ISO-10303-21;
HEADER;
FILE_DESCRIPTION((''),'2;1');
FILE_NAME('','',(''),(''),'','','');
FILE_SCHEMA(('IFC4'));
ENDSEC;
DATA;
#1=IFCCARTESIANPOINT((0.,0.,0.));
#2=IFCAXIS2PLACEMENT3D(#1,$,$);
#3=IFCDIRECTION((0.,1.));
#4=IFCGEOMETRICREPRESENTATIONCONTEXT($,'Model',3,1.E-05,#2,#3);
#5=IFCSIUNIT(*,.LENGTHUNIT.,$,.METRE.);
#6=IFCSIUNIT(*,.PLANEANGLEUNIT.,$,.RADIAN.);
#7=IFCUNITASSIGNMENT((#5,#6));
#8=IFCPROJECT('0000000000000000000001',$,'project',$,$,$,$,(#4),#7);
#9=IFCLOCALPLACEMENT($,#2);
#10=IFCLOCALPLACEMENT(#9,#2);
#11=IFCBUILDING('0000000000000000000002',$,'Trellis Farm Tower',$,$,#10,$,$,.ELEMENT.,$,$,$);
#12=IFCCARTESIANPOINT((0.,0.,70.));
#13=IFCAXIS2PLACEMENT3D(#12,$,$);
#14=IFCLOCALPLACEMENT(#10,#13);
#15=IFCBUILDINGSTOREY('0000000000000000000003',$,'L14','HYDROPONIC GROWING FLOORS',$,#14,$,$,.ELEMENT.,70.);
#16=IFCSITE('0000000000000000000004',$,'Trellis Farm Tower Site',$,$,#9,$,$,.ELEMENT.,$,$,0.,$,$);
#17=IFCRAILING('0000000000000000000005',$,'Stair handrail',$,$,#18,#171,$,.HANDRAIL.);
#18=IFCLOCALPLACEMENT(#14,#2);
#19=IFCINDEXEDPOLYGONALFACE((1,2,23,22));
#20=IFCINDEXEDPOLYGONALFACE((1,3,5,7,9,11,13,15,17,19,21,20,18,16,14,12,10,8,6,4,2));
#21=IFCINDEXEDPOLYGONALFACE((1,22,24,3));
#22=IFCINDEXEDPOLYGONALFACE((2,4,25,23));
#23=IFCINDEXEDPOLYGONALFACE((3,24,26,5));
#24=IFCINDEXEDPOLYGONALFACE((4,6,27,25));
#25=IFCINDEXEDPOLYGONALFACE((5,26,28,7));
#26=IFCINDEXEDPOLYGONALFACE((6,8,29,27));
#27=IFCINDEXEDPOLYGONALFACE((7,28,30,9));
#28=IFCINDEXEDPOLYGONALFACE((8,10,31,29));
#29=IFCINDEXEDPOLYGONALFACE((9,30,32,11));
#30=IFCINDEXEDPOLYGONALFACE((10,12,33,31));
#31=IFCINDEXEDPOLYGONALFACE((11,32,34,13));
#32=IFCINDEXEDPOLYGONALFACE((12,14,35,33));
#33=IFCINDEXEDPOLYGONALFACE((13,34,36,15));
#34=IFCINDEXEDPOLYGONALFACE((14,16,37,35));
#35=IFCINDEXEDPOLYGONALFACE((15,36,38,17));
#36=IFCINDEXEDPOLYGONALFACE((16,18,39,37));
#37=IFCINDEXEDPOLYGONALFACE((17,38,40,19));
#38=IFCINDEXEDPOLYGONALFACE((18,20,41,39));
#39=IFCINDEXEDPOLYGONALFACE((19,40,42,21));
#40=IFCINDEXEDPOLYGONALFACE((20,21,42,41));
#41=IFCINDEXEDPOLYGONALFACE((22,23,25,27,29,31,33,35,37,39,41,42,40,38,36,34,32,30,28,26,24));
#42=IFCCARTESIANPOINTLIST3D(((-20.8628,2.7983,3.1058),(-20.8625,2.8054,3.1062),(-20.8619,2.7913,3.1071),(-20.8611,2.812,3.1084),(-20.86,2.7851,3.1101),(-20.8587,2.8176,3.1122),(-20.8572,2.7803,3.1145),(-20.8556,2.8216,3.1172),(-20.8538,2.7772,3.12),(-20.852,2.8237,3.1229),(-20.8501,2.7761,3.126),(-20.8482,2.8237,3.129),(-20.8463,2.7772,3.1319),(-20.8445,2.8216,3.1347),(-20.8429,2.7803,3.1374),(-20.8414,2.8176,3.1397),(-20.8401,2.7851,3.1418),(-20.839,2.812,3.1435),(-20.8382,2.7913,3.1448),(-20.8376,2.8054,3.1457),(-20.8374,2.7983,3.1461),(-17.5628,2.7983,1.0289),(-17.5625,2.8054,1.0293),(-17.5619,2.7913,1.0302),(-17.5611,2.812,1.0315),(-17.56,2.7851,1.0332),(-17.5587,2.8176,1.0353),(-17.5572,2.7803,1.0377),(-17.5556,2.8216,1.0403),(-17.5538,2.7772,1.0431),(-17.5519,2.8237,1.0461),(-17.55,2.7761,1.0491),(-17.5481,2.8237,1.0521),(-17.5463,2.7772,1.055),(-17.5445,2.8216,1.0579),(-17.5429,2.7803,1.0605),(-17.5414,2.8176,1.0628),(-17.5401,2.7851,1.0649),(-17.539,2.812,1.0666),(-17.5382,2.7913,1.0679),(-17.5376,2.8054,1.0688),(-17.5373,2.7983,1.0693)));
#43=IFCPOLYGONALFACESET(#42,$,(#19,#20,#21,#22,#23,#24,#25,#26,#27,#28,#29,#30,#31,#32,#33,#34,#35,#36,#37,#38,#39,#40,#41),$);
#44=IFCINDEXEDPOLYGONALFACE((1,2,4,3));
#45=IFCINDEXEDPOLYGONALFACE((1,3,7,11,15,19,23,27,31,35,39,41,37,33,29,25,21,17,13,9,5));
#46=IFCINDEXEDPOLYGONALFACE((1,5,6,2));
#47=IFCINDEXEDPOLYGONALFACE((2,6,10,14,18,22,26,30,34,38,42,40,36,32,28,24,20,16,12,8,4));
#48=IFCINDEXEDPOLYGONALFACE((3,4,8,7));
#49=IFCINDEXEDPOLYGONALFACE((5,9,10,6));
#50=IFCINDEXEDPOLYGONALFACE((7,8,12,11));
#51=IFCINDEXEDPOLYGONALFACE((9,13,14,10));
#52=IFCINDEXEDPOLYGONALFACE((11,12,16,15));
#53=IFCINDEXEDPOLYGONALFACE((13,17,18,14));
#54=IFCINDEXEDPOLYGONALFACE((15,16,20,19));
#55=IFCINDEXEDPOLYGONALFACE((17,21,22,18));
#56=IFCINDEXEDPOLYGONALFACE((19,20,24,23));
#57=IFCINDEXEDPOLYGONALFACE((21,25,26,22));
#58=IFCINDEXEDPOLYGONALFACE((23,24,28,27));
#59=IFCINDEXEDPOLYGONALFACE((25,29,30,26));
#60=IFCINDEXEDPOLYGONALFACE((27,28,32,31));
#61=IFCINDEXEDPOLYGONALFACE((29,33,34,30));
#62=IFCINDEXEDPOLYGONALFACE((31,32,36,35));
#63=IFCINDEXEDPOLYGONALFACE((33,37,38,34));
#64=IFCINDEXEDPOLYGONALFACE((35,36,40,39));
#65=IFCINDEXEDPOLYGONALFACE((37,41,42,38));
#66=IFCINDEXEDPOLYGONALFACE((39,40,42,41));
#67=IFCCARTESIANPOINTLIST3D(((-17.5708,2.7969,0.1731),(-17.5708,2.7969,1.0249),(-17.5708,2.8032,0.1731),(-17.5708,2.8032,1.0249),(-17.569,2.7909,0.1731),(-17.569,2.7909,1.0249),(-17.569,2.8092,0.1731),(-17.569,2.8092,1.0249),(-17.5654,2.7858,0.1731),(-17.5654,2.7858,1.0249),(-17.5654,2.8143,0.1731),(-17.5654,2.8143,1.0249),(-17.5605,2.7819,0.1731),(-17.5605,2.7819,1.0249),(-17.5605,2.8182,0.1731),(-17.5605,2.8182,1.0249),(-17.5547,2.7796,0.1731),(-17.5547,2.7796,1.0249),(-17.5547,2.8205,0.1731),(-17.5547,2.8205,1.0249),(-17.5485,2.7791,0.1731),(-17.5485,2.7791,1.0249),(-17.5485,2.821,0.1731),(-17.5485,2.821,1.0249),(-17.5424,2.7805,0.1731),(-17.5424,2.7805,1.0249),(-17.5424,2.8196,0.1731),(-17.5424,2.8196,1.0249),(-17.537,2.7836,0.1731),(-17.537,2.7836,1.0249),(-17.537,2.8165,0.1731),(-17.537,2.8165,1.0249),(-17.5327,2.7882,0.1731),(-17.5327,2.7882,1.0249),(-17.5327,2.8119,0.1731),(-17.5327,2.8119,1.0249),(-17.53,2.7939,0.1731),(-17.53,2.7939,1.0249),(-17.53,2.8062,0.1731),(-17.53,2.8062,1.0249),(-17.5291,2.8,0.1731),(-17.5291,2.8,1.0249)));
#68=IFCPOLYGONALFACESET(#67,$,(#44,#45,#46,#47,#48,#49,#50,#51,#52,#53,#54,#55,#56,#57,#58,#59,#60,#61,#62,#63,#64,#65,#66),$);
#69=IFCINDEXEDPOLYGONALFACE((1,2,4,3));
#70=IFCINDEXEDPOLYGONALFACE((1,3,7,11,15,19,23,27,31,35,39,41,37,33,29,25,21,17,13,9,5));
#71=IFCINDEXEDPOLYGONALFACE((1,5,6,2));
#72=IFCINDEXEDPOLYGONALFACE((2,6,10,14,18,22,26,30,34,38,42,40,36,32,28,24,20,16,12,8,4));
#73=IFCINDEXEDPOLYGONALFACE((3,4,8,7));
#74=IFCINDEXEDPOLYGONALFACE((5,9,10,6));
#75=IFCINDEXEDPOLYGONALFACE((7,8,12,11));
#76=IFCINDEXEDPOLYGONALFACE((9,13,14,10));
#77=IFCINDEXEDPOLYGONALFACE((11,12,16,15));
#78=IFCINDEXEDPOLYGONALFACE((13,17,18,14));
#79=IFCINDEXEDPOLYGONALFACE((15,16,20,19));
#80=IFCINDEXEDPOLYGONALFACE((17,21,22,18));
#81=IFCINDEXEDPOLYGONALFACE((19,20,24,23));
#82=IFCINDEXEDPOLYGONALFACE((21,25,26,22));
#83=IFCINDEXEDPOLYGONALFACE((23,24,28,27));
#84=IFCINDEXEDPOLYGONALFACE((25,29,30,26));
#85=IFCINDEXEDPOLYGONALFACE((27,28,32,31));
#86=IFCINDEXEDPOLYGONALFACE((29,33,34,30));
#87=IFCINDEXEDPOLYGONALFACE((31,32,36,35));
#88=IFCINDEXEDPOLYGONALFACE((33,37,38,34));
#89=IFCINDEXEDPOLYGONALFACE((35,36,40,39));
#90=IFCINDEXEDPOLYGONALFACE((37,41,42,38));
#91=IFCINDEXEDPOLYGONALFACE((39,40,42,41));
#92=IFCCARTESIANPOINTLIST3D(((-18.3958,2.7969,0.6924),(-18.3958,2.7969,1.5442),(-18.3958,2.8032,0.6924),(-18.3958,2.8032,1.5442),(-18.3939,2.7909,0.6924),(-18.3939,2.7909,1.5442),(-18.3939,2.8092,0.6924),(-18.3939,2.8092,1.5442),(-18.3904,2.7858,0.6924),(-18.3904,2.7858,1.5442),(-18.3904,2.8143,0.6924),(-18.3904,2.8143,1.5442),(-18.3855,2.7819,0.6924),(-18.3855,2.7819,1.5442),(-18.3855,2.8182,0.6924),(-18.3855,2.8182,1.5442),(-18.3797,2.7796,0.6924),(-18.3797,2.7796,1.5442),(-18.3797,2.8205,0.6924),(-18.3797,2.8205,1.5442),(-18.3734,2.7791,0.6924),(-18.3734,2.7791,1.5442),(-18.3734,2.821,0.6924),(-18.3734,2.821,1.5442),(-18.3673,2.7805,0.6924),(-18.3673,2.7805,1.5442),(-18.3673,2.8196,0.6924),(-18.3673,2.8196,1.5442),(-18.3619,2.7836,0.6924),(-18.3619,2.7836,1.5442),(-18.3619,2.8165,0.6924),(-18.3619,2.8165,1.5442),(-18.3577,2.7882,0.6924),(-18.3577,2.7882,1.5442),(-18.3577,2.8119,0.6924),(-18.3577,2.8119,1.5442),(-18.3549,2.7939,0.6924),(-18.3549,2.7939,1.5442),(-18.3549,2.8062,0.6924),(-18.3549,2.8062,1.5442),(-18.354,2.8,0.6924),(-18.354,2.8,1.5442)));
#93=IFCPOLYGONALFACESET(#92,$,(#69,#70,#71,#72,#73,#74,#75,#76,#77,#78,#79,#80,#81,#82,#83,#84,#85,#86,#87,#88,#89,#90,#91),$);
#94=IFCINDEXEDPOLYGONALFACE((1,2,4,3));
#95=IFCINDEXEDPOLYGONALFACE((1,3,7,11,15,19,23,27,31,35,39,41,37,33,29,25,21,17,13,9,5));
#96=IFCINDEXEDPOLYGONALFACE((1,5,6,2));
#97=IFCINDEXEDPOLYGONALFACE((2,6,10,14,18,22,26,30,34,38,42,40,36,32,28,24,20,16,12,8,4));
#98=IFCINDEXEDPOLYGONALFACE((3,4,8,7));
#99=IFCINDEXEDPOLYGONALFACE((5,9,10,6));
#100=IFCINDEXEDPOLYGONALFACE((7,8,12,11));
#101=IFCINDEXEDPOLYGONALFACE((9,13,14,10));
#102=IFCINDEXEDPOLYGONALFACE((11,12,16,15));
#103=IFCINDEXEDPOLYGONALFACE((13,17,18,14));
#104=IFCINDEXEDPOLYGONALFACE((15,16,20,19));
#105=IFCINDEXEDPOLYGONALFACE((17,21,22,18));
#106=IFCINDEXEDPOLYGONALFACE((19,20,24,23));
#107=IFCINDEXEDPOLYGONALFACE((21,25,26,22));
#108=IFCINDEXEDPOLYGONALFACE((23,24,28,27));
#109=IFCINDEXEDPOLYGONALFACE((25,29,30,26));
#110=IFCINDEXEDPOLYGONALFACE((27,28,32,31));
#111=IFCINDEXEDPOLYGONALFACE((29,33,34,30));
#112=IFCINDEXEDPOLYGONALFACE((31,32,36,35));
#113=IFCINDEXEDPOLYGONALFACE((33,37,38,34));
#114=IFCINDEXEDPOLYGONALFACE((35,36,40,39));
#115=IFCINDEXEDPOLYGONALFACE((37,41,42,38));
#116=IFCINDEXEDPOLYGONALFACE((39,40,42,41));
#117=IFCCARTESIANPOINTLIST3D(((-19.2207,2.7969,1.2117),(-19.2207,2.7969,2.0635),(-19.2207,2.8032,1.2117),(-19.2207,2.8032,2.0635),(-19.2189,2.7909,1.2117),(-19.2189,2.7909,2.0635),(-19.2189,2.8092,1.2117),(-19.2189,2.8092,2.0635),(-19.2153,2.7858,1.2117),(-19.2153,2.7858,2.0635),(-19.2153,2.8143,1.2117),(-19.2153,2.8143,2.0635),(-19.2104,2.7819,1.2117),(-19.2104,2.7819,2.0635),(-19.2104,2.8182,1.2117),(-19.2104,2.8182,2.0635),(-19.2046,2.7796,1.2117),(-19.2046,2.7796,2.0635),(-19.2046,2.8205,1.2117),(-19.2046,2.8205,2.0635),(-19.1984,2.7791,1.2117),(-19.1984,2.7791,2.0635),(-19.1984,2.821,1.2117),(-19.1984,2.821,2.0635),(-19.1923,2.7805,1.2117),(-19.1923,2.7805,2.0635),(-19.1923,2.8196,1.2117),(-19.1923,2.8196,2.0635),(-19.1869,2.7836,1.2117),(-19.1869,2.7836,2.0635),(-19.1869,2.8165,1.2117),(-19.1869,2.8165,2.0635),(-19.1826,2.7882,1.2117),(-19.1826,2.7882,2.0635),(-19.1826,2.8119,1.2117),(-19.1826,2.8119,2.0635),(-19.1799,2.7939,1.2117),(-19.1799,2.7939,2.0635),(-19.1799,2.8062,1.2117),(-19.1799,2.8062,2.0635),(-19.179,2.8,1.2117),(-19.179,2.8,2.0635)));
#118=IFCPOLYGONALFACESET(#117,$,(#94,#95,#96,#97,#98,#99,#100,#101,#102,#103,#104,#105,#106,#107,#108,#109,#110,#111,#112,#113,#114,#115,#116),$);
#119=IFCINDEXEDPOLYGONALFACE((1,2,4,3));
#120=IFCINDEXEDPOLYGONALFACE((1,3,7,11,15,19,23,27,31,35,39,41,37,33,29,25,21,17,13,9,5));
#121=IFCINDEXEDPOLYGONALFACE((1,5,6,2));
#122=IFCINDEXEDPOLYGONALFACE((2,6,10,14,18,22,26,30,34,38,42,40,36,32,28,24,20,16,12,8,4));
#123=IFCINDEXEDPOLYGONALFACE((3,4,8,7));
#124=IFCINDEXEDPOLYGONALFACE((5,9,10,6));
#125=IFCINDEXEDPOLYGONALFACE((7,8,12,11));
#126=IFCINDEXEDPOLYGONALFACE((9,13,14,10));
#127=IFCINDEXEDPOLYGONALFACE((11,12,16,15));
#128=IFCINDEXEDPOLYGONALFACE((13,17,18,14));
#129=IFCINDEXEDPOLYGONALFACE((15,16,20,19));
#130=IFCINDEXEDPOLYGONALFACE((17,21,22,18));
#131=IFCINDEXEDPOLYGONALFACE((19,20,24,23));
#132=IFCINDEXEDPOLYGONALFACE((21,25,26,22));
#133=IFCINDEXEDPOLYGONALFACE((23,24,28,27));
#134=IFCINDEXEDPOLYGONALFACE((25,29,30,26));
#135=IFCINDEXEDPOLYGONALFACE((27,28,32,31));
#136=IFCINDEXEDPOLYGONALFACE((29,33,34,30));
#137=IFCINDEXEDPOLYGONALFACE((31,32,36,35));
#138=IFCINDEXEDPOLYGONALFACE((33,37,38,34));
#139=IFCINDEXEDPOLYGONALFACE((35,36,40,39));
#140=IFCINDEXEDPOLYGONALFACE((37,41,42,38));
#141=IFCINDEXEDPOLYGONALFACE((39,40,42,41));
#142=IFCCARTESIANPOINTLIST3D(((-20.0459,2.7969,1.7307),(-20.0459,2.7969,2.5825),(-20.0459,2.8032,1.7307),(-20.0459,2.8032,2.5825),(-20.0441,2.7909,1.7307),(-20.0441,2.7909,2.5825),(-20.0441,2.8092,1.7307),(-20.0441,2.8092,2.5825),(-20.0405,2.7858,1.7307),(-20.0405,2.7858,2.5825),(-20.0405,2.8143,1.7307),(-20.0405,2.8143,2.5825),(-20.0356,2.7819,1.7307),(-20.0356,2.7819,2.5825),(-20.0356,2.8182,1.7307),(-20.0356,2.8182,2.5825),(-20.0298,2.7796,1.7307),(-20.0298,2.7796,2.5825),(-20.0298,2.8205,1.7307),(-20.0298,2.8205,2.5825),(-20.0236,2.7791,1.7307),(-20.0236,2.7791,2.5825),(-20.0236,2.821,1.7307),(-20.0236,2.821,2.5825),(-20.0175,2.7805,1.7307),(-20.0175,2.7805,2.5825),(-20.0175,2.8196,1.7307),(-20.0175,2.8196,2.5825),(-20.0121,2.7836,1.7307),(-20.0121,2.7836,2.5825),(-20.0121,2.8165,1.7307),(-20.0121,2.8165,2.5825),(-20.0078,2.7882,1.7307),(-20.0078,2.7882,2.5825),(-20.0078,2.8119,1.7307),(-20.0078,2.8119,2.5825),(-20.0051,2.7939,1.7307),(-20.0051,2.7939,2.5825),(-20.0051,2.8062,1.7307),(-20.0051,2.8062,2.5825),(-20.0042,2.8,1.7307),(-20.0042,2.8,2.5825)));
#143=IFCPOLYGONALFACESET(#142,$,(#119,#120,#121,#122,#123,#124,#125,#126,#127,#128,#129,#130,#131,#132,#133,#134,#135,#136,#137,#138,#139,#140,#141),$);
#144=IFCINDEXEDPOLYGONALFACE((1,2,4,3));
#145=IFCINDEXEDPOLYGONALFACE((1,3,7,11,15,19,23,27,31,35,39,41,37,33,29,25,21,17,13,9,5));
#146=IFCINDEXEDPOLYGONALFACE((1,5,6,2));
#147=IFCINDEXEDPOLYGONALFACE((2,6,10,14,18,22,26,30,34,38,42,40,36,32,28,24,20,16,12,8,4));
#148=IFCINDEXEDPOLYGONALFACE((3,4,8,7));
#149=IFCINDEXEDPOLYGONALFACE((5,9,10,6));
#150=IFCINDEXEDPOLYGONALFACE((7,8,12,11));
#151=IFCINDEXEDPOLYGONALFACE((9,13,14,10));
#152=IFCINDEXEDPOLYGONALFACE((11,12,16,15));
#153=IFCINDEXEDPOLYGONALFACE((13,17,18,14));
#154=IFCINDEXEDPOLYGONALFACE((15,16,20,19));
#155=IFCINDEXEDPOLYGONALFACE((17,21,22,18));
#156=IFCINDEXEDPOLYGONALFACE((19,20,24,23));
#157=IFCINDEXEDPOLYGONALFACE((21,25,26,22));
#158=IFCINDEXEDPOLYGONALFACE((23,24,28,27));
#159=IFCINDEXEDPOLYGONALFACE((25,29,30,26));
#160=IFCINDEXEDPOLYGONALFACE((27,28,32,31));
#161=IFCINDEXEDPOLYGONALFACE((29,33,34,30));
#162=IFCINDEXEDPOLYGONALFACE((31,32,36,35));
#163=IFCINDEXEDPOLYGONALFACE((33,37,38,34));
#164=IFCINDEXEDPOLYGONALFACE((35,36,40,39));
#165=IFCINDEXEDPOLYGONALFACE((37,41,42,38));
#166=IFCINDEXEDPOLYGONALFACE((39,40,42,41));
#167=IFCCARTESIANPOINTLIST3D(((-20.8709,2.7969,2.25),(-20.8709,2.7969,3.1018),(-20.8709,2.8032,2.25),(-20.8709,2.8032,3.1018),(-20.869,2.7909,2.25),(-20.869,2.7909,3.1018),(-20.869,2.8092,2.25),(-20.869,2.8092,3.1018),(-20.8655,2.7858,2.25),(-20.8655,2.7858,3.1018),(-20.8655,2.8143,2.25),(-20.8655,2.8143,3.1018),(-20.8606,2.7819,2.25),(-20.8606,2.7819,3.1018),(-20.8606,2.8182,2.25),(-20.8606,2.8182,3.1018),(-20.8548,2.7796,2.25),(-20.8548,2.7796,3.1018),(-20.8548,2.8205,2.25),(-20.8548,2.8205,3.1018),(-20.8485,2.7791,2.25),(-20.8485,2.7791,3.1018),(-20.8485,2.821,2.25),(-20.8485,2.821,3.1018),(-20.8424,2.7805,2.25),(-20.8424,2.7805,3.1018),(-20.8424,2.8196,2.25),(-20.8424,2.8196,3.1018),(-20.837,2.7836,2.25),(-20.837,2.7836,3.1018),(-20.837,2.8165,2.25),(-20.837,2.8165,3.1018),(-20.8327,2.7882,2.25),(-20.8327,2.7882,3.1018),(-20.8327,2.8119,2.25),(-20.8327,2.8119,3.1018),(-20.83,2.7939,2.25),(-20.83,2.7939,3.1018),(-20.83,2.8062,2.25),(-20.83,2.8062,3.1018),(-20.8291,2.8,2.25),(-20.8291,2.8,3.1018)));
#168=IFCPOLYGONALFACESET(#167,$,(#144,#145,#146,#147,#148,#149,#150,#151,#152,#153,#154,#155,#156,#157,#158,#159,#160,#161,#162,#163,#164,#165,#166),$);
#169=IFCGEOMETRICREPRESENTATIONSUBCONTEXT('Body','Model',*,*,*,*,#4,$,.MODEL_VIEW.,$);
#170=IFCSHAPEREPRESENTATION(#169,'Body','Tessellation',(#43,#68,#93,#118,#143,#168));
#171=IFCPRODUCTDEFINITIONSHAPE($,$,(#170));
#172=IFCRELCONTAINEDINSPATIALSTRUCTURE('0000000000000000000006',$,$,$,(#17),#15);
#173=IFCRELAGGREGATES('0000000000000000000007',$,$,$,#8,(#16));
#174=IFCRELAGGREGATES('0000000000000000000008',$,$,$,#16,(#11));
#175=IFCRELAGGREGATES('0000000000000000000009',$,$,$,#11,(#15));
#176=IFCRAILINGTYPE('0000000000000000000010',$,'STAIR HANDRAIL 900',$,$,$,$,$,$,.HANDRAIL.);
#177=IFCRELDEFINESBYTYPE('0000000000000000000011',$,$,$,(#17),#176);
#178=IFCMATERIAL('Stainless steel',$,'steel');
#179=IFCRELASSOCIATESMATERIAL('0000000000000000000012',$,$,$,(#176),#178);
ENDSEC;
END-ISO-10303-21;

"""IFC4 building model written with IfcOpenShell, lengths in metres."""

from ifc_helpers import new_model, si_unit, direction, frame, origin, origin_2d, place, context, subcontext, project, spatial, circle, extrude, source, transform, mapped, material, type_object, element, save


model = new_model("IFC4")

# Units and contexts
model_context = context("Model", 3, precision=1e-05, world=origin(), true_north=direction((0.0, 1.0)))
body_context = subcontext(model_context, "Body", "Model", "MODEL_VIEW")
ifc_project = project(units=[si_unit("LENGTHUNIT", "METRE"), si_unit("PLANEANGLEUNIT", "RADIAN")], contexts=[model_context])

# Site, building, storey
site_placement = place(None, origin())
site = spatial("IfcSite", under=ifc_project, at=site_placement, Name="Trellis Farm Tower Site", CompositionType="ELEMENT", RefElevation=0.0)
building_placement = place(site_placement, origin())
building = spatial("IfcBuilding", under=site, at=building_placement, Name="Trellis Farm Tower", CompositionType="ELEMENT")
storey_placement = place(building_placement, frame((0.0, 0.0, 70.0)))
storey = spatial("IfcBuildingStorey", under=building, at=storey_placement, Name="L14", Description="HYDROPONIC GROWING FLOORS", CompositionType="ELEMENT", Elevation=70.0)

# Railing
ifc_material_1 = material(Name="Stainless steel", Category="steel")
railing_type = type_object("IfcRailingType", Name="STAIR HANDRAIL 900", PredefinedType="HANDRAIL", material=ifc_material_1)
shared_shape_1 = source(origin(), body_context, "Body", "SweptSolid", [
    extrude(circle(Radius=0.0239, at=origin_2d()), frame((0.0, 0.0, 0.876), z_axis=(-0.846337, 0.0, 0.532647), x_axis=(0.0, -1.0, 0.0)), (0.0, 0.0, 1.0), 3.8992),
    extrude(circle(Radius=0.021, at=origin_2d()), origin(), (0.0, 0.0, 1.0), 0.8518),
    extrude(circle(Radius=0.021, at=origin_2d()), frame((-0.825, 0.0, 0.5193)), (0.0, 0.0, 1.0), 0.8518),
    extrude(circle(Radius=0.021, at=origin_2d()), frame((-1.6499, 0.0, 1.0386)), (0.0, 0.0, 1.0), 0.8518),
    extrude(circle(Radius=0.021, at=origin_2d()), frame((-2.4751, 0.0, 1.5576)), (0.0, 0.0, 1.0), 0.8518),
    extrude(circle(Radius=0.021, at=origin_2d()), frame((-3.3, 0.0, 2.0769)), (0.0, 0.0, 1.0), 0.8518),
])
for number, where, name in (
    (1, (-17.55, 2.8, 0.1731), "Stair handrail"),
):
    element("IfcRailing", number, at=place(storey_placement, frame(where)), inside=storey, type_object=railing_type, Name=name, PredefinedType="HANDRAIL", context=body_context, shape_type="MappedRepresentation", body=[
        mapped(shared_shape_1, transform((0.0, 0.0, 0.0))),
    ])

save(model, "model.ifc")
